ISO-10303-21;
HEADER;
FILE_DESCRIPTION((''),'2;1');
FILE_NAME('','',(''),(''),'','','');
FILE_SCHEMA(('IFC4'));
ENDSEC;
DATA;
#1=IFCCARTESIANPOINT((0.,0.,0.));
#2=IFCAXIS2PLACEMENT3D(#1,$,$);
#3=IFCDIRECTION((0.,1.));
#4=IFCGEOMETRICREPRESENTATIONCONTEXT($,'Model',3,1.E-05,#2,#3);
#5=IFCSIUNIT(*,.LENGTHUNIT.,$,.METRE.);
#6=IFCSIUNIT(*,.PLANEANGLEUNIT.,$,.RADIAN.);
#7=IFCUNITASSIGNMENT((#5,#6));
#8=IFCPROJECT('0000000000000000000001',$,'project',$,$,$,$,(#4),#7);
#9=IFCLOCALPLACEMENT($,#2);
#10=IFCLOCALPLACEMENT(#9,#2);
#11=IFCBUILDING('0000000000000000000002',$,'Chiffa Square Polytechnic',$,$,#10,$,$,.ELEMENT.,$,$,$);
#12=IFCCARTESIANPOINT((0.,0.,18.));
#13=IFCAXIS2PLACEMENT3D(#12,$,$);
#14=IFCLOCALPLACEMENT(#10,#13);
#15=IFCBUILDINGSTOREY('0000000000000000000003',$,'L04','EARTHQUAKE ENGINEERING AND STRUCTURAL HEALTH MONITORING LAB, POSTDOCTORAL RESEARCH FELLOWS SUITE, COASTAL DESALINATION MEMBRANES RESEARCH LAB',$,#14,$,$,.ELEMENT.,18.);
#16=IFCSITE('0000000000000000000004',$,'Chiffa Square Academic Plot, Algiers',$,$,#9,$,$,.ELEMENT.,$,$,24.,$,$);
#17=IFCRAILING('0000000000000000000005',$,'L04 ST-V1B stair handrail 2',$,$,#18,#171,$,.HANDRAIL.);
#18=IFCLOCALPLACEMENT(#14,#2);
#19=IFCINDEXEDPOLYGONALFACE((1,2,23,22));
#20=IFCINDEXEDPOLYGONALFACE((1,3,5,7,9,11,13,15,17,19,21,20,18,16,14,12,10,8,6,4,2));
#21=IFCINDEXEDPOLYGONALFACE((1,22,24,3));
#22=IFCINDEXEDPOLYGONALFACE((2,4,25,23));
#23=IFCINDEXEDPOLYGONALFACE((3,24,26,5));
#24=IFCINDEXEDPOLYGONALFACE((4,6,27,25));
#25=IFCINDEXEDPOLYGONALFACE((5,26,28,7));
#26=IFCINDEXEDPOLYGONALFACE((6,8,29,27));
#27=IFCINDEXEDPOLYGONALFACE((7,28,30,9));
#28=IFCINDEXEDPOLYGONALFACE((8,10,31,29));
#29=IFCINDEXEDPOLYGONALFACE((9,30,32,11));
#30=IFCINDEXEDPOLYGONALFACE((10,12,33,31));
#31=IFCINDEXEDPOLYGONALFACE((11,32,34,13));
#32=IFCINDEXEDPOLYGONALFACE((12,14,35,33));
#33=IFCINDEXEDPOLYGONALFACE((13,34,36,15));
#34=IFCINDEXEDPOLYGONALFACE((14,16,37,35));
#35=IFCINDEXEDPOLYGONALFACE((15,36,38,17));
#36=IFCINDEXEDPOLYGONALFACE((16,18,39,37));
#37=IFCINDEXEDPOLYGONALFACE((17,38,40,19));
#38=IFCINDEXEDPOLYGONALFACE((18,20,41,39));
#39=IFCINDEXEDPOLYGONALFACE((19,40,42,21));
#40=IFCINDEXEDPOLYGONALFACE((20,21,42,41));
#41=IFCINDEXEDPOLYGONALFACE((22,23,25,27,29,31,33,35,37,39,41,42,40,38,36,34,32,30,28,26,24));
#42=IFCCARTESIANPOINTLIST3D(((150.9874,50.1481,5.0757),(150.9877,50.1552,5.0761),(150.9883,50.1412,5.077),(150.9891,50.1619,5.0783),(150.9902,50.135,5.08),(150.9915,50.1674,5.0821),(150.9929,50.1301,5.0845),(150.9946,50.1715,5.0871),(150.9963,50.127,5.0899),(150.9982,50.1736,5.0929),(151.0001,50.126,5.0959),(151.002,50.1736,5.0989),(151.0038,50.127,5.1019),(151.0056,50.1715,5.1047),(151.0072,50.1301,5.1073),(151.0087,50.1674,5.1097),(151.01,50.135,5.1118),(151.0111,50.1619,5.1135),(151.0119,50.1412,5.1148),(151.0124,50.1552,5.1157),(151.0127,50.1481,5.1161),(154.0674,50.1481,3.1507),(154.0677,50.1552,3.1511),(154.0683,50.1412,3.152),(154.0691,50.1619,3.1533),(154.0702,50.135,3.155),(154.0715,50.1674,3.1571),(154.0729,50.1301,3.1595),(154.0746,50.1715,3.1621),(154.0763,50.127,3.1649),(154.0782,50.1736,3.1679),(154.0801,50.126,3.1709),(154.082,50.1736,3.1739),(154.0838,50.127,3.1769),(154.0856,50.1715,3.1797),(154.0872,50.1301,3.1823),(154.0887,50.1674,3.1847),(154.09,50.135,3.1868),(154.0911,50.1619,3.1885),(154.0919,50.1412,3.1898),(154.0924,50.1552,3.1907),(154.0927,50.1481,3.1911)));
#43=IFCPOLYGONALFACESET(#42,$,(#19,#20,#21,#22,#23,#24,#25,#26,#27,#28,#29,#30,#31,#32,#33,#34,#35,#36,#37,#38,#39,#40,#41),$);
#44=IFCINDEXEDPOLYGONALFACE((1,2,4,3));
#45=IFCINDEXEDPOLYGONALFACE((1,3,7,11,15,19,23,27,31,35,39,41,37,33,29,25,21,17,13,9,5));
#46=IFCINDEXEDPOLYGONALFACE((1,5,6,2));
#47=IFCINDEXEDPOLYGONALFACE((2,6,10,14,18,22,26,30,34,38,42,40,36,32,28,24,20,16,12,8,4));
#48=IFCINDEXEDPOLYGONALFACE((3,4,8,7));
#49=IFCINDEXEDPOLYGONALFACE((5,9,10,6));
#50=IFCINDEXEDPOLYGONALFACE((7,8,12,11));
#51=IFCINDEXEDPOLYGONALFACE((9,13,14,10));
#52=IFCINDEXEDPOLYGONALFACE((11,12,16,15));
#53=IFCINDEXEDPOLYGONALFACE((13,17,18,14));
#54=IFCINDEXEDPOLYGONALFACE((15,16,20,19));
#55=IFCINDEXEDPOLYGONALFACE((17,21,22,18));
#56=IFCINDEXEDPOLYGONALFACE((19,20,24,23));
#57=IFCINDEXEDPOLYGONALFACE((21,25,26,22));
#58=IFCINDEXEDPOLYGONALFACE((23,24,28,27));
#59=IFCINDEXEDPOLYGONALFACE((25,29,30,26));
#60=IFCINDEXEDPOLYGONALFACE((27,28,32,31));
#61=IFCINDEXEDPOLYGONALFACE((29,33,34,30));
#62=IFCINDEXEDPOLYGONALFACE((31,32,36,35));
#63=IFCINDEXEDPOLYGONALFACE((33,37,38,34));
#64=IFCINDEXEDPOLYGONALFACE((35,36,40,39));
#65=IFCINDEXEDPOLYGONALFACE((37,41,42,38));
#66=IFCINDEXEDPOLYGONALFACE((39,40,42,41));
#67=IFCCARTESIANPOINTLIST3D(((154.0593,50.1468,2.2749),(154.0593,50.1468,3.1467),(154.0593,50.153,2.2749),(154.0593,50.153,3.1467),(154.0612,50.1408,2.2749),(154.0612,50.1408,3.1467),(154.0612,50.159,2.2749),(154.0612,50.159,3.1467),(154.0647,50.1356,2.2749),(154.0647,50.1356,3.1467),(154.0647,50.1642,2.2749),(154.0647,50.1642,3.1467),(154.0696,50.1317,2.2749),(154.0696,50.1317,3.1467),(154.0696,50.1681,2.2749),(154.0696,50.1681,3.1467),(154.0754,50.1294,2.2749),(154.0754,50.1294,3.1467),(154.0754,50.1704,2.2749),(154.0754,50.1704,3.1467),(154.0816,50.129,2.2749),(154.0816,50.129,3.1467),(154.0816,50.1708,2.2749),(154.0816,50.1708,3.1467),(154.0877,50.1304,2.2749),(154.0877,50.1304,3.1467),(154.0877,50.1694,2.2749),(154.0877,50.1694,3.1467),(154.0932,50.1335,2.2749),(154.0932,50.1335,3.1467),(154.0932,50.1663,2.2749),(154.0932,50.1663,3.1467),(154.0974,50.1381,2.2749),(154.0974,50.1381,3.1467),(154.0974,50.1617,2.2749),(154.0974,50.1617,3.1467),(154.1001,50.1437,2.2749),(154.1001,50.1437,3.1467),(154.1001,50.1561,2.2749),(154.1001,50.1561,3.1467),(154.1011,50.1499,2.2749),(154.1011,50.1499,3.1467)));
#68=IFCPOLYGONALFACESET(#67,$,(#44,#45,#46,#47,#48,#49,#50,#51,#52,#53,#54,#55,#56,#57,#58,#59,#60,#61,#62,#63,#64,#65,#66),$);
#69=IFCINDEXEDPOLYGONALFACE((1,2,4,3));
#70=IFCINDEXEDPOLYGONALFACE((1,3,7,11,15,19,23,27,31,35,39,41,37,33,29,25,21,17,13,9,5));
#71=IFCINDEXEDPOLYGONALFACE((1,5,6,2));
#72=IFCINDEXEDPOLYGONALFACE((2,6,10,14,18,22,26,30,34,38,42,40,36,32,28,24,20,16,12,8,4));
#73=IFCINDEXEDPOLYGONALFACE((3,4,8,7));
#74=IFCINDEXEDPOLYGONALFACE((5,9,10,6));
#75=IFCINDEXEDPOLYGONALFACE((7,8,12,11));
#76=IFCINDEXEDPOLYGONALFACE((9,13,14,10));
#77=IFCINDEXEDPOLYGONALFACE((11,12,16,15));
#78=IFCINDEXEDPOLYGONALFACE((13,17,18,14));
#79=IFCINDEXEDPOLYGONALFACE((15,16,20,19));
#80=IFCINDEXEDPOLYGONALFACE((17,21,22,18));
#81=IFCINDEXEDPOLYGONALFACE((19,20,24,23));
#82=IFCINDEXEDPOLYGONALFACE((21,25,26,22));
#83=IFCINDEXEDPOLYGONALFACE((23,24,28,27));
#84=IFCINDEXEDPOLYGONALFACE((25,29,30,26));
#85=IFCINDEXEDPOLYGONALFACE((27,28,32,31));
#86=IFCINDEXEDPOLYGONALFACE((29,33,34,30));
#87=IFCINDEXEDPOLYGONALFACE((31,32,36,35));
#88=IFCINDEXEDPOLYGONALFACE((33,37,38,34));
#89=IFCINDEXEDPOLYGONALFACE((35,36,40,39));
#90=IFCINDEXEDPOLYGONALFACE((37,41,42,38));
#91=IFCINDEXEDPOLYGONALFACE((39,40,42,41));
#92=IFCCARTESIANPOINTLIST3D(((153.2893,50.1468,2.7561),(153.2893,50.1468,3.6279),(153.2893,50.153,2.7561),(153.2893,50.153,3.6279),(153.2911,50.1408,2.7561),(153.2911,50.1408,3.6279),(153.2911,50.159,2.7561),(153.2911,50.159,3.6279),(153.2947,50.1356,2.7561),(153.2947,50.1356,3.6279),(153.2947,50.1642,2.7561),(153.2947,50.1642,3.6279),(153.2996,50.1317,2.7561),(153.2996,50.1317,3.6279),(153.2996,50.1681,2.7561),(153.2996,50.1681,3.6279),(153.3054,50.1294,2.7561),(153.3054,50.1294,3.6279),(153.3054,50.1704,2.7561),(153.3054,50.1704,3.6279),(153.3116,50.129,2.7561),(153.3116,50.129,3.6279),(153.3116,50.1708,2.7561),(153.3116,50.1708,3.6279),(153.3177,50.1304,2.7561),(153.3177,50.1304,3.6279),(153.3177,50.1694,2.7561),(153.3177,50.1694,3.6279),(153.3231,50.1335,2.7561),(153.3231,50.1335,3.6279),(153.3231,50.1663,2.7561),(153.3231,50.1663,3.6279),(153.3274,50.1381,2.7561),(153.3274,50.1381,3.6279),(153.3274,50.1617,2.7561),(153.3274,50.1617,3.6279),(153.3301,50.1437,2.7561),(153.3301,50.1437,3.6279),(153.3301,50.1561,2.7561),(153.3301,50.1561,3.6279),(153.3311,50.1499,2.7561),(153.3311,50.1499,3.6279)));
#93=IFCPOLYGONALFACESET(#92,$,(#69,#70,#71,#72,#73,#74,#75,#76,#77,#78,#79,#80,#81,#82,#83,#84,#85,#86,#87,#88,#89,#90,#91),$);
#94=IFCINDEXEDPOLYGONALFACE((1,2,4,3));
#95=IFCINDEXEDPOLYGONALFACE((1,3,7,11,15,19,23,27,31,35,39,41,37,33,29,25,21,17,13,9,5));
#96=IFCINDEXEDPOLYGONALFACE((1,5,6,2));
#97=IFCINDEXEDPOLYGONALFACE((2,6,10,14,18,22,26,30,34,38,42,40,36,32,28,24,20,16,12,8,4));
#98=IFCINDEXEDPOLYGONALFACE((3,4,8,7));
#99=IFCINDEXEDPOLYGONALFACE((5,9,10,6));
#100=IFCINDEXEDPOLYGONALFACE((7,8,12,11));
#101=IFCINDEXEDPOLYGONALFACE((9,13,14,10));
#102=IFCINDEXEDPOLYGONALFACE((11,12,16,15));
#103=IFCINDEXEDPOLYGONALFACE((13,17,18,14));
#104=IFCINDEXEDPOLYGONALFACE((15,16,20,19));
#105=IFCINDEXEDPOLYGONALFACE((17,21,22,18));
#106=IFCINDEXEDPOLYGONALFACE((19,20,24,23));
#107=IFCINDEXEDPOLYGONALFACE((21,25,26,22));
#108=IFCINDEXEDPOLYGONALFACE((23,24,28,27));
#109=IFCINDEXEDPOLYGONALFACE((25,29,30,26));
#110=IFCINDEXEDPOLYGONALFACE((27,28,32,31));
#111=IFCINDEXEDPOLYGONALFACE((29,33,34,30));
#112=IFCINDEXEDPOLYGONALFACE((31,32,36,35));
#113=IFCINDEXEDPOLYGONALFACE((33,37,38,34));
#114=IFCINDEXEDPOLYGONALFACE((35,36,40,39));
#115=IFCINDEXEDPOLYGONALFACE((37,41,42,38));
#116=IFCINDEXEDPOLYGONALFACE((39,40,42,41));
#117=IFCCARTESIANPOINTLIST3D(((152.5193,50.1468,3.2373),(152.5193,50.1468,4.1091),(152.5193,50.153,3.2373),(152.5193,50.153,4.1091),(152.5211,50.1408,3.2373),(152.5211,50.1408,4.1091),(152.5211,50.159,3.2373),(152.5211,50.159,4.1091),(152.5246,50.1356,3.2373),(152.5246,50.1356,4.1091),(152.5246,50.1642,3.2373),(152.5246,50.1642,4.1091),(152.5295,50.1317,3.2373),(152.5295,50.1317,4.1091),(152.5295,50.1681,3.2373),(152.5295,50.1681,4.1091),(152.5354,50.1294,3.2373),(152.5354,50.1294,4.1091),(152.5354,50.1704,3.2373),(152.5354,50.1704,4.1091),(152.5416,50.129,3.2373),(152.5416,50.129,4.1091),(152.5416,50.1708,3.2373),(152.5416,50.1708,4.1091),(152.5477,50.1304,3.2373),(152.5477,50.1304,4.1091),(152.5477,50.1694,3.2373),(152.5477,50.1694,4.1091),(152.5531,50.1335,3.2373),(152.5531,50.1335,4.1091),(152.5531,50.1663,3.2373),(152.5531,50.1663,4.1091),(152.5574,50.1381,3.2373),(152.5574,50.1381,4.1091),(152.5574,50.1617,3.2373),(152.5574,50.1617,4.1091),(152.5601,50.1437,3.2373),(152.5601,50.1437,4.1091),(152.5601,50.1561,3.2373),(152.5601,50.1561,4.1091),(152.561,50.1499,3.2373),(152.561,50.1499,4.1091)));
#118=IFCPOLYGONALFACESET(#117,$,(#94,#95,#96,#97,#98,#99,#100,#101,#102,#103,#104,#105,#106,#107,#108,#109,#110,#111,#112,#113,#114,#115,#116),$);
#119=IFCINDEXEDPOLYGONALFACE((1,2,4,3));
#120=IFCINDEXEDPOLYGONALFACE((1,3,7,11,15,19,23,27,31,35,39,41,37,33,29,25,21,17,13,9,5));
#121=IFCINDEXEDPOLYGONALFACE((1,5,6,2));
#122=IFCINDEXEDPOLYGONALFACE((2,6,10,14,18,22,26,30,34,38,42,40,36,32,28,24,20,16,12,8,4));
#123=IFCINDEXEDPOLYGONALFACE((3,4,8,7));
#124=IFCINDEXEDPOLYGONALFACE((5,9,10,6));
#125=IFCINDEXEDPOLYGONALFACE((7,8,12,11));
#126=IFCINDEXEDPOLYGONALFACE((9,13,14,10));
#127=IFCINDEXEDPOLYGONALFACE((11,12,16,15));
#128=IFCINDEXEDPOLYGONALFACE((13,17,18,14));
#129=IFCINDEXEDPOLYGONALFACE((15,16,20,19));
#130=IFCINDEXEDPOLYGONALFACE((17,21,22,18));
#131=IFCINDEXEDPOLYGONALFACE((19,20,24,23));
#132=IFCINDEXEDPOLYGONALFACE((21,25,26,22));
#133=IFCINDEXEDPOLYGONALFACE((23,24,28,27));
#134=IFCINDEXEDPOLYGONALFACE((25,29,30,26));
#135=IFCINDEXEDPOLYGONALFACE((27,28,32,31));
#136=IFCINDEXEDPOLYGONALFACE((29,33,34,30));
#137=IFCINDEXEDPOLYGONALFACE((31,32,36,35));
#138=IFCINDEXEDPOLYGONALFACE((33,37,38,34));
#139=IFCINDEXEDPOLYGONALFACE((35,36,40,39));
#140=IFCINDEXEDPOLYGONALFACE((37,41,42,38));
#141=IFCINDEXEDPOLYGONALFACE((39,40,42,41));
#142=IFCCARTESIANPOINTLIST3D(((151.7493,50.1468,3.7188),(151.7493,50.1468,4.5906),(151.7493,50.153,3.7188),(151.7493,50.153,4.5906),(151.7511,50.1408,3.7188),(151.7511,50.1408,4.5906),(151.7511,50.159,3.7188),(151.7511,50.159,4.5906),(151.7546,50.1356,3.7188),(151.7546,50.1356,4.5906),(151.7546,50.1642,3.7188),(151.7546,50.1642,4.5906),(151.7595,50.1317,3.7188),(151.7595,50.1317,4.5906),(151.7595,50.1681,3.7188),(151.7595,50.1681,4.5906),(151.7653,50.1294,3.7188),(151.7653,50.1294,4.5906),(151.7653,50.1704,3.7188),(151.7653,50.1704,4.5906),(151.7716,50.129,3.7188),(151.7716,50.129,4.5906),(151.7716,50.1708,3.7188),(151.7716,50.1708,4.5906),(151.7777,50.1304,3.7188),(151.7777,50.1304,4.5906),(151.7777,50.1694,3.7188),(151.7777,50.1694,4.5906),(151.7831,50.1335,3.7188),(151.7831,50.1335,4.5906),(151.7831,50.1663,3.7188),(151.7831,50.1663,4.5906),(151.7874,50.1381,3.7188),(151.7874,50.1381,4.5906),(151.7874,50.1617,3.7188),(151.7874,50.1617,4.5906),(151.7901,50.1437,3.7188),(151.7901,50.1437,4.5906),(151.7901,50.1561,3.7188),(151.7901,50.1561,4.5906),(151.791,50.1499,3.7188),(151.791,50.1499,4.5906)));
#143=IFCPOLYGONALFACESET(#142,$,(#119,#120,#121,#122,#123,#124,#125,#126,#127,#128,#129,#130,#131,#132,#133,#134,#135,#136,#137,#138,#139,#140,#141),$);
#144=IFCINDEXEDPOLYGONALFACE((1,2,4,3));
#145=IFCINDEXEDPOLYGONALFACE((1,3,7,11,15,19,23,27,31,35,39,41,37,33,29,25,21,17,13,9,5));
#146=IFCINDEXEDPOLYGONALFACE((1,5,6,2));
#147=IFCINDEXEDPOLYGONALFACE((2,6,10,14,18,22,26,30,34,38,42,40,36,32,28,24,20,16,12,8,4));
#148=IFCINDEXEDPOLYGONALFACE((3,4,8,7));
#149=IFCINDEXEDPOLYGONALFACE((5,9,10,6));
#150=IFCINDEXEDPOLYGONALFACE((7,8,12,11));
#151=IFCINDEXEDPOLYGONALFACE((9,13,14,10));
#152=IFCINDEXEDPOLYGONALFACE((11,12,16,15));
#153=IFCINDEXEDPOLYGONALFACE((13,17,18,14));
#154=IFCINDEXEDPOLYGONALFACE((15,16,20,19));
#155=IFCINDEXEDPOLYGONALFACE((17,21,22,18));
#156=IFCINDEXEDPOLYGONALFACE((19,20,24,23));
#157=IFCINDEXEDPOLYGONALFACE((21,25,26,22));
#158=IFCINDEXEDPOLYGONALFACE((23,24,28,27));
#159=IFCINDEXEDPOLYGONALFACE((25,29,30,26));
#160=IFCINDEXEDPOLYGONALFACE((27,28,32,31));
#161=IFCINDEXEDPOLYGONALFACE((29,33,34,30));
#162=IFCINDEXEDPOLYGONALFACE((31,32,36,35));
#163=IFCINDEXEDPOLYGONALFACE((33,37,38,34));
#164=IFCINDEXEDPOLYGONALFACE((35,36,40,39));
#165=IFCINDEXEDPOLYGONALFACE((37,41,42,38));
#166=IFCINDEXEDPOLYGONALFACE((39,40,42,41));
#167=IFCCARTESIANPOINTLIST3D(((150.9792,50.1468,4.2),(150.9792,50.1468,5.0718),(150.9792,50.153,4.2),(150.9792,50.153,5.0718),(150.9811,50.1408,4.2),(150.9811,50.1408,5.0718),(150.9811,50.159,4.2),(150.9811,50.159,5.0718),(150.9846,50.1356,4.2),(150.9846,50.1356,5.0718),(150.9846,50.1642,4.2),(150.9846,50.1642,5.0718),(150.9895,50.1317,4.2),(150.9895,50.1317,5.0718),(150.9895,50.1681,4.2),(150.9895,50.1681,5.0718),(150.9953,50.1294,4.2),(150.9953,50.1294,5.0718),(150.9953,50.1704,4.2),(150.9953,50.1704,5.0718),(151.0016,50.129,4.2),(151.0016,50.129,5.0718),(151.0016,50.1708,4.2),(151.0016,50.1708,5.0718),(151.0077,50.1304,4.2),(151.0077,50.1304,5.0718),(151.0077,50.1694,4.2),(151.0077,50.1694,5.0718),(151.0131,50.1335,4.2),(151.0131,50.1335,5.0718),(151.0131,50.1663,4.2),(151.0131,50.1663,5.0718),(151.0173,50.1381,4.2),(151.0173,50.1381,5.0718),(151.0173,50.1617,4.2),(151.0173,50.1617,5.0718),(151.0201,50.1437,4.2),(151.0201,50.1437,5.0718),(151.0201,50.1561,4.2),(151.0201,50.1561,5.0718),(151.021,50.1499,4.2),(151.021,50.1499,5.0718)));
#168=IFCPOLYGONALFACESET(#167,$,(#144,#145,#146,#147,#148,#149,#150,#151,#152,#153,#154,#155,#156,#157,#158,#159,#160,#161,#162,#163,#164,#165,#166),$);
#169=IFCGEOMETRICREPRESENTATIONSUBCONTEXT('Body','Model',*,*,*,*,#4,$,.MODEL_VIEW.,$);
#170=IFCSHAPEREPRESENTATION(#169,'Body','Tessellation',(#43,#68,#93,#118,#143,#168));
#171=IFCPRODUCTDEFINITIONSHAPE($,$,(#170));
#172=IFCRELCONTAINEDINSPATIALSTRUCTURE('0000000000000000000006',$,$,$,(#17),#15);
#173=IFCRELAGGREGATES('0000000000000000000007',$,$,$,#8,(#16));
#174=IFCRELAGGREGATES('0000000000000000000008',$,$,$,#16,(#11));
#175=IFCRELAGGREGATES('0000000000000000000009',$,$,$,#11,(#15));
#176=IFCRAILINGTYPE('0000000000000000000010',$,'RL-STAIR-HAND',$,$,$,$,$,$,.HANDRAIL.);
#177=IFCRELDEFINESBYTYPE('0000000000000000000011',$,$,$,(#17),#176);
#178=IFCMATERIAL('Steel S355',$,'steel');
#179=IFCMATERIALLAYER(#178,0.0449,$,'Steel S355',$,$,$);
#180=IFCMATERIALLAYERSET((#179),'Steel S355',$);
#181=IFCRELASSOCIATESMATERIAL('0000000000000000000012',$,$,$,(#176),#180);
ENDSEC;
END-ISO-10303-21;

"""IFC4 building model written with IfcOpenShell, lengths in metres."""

from ifc_helpers import new_model, si_unit, direction, frame, origin, origin_2d, place, context, subcontext, project, spatial, circle, extrude, material, layer, layer_set, type_object, element, save


model = new_model("IFC4")

# Units and contexts
model_context = context("Model", 3, precision=1e-05, world=origin(), true_north=direction((0.0, 1.0)))
body_context = subcontext(model_context, "Body", "Model", "MODEL_VIEW")
ifc_project = project(units=[si_unit("LENGTHUNIT", "METRE"), si_unit("PLANEANGLEUNIT", "RADIAN")], contexts=[model_context])

# Site, building, storey
site_placement = place(None, origin())
site = spatial("IfcSite", under=ifc_project, at=site_placement, Name="Chiffa Square Academic Plot, Algiers", CompositionType="ELEMENT", RefElevation=24.0)
building_placement = place(site_placement, origin())
building = spatial("IfcBuilding", under=site, at=building_placement, Name="Chiffa Square Polytechnic", CompositionType="ELEMENT")
storey_placement = place(building_placement, frame((0.0, 0.0, 18.0)))
storey = spatial("IfcBuildingStorey", under=building, at=storey_placement, Name="L04", Description="EARTHQUAKE ENGINEERING AND STRUCTURAL HEALTH MONITORING LAB, POSTDOCTORAL RESEARCH FELLOWS SUITE, COASTAL DESALINATION MEMBRANES RESEARCH LAB", CompositionType="ELEMENT", Elevation=18.0)

# Railing
ifc_material_1 = material(Name="Steel S355", Category="steel")
ifc_layer_1 = layer(ifc_material_1, 0.0449, Name="Steel S355")
ifc_layer_set_1 = layer_set([ifc_layer_1], Name="Steel S355")
railing_type_1 = type_object("IfcRailingType", Name="RL-STAIR-HAND", PredefinedType="HANDRAIL", material=ifc_layer_set_1)
railing_1_placement = place(storey_placement, frame((154.0801, 50.1499, 2.2749)))
element("IfcRailing", 1, at=railing_1_placement, inside=storey, type_object=railing_type_1, Name="L04 ST-V1B stair handrail 2", PredefinedType="HANDRAIL", context=body_context, shape_type="SweptSolid", body=[
    extrude(circle(Radius=0.0239, at=origin_2d()), frame((0.0, 0.0, 0.896), z_axis=(-0.847998, 0.0, 0.529999), x_axis=(0.0, -1.0, 0.0)), (0.0, 0.0, 1.0), 3.6321),
    extrude(circle(Radius=0.021, at=origin_2d()), origin(), (0.0, 0.0, 1.0), 0.8718),
    extrude(circle(Radius=0.021, at=origin_2d()), frame((-0.77, 0.0, 0.4812)), (0.0, 0.0, 1.0), 0.8718),
    extrude(circle(Radius=0.021, at=origin_2d()), frame((-1.54, 0.0, 0.9624)), (0.0, 0.0, 1.0), 0.8718),
    extrude(circle(Radius=0.021, at=origin_2d()), frame((-2.3101, 0.0, 1.4438)), (0.0, 0.0, 1.0), 0.8718),
    extrude(circle(Radius=0.021, at=origin_2d()), frame((-3.0801, 0.0, 1.925)), (0.0, 0.0, 1.0), 0.8718),
])

save(model, "model.ifc")
